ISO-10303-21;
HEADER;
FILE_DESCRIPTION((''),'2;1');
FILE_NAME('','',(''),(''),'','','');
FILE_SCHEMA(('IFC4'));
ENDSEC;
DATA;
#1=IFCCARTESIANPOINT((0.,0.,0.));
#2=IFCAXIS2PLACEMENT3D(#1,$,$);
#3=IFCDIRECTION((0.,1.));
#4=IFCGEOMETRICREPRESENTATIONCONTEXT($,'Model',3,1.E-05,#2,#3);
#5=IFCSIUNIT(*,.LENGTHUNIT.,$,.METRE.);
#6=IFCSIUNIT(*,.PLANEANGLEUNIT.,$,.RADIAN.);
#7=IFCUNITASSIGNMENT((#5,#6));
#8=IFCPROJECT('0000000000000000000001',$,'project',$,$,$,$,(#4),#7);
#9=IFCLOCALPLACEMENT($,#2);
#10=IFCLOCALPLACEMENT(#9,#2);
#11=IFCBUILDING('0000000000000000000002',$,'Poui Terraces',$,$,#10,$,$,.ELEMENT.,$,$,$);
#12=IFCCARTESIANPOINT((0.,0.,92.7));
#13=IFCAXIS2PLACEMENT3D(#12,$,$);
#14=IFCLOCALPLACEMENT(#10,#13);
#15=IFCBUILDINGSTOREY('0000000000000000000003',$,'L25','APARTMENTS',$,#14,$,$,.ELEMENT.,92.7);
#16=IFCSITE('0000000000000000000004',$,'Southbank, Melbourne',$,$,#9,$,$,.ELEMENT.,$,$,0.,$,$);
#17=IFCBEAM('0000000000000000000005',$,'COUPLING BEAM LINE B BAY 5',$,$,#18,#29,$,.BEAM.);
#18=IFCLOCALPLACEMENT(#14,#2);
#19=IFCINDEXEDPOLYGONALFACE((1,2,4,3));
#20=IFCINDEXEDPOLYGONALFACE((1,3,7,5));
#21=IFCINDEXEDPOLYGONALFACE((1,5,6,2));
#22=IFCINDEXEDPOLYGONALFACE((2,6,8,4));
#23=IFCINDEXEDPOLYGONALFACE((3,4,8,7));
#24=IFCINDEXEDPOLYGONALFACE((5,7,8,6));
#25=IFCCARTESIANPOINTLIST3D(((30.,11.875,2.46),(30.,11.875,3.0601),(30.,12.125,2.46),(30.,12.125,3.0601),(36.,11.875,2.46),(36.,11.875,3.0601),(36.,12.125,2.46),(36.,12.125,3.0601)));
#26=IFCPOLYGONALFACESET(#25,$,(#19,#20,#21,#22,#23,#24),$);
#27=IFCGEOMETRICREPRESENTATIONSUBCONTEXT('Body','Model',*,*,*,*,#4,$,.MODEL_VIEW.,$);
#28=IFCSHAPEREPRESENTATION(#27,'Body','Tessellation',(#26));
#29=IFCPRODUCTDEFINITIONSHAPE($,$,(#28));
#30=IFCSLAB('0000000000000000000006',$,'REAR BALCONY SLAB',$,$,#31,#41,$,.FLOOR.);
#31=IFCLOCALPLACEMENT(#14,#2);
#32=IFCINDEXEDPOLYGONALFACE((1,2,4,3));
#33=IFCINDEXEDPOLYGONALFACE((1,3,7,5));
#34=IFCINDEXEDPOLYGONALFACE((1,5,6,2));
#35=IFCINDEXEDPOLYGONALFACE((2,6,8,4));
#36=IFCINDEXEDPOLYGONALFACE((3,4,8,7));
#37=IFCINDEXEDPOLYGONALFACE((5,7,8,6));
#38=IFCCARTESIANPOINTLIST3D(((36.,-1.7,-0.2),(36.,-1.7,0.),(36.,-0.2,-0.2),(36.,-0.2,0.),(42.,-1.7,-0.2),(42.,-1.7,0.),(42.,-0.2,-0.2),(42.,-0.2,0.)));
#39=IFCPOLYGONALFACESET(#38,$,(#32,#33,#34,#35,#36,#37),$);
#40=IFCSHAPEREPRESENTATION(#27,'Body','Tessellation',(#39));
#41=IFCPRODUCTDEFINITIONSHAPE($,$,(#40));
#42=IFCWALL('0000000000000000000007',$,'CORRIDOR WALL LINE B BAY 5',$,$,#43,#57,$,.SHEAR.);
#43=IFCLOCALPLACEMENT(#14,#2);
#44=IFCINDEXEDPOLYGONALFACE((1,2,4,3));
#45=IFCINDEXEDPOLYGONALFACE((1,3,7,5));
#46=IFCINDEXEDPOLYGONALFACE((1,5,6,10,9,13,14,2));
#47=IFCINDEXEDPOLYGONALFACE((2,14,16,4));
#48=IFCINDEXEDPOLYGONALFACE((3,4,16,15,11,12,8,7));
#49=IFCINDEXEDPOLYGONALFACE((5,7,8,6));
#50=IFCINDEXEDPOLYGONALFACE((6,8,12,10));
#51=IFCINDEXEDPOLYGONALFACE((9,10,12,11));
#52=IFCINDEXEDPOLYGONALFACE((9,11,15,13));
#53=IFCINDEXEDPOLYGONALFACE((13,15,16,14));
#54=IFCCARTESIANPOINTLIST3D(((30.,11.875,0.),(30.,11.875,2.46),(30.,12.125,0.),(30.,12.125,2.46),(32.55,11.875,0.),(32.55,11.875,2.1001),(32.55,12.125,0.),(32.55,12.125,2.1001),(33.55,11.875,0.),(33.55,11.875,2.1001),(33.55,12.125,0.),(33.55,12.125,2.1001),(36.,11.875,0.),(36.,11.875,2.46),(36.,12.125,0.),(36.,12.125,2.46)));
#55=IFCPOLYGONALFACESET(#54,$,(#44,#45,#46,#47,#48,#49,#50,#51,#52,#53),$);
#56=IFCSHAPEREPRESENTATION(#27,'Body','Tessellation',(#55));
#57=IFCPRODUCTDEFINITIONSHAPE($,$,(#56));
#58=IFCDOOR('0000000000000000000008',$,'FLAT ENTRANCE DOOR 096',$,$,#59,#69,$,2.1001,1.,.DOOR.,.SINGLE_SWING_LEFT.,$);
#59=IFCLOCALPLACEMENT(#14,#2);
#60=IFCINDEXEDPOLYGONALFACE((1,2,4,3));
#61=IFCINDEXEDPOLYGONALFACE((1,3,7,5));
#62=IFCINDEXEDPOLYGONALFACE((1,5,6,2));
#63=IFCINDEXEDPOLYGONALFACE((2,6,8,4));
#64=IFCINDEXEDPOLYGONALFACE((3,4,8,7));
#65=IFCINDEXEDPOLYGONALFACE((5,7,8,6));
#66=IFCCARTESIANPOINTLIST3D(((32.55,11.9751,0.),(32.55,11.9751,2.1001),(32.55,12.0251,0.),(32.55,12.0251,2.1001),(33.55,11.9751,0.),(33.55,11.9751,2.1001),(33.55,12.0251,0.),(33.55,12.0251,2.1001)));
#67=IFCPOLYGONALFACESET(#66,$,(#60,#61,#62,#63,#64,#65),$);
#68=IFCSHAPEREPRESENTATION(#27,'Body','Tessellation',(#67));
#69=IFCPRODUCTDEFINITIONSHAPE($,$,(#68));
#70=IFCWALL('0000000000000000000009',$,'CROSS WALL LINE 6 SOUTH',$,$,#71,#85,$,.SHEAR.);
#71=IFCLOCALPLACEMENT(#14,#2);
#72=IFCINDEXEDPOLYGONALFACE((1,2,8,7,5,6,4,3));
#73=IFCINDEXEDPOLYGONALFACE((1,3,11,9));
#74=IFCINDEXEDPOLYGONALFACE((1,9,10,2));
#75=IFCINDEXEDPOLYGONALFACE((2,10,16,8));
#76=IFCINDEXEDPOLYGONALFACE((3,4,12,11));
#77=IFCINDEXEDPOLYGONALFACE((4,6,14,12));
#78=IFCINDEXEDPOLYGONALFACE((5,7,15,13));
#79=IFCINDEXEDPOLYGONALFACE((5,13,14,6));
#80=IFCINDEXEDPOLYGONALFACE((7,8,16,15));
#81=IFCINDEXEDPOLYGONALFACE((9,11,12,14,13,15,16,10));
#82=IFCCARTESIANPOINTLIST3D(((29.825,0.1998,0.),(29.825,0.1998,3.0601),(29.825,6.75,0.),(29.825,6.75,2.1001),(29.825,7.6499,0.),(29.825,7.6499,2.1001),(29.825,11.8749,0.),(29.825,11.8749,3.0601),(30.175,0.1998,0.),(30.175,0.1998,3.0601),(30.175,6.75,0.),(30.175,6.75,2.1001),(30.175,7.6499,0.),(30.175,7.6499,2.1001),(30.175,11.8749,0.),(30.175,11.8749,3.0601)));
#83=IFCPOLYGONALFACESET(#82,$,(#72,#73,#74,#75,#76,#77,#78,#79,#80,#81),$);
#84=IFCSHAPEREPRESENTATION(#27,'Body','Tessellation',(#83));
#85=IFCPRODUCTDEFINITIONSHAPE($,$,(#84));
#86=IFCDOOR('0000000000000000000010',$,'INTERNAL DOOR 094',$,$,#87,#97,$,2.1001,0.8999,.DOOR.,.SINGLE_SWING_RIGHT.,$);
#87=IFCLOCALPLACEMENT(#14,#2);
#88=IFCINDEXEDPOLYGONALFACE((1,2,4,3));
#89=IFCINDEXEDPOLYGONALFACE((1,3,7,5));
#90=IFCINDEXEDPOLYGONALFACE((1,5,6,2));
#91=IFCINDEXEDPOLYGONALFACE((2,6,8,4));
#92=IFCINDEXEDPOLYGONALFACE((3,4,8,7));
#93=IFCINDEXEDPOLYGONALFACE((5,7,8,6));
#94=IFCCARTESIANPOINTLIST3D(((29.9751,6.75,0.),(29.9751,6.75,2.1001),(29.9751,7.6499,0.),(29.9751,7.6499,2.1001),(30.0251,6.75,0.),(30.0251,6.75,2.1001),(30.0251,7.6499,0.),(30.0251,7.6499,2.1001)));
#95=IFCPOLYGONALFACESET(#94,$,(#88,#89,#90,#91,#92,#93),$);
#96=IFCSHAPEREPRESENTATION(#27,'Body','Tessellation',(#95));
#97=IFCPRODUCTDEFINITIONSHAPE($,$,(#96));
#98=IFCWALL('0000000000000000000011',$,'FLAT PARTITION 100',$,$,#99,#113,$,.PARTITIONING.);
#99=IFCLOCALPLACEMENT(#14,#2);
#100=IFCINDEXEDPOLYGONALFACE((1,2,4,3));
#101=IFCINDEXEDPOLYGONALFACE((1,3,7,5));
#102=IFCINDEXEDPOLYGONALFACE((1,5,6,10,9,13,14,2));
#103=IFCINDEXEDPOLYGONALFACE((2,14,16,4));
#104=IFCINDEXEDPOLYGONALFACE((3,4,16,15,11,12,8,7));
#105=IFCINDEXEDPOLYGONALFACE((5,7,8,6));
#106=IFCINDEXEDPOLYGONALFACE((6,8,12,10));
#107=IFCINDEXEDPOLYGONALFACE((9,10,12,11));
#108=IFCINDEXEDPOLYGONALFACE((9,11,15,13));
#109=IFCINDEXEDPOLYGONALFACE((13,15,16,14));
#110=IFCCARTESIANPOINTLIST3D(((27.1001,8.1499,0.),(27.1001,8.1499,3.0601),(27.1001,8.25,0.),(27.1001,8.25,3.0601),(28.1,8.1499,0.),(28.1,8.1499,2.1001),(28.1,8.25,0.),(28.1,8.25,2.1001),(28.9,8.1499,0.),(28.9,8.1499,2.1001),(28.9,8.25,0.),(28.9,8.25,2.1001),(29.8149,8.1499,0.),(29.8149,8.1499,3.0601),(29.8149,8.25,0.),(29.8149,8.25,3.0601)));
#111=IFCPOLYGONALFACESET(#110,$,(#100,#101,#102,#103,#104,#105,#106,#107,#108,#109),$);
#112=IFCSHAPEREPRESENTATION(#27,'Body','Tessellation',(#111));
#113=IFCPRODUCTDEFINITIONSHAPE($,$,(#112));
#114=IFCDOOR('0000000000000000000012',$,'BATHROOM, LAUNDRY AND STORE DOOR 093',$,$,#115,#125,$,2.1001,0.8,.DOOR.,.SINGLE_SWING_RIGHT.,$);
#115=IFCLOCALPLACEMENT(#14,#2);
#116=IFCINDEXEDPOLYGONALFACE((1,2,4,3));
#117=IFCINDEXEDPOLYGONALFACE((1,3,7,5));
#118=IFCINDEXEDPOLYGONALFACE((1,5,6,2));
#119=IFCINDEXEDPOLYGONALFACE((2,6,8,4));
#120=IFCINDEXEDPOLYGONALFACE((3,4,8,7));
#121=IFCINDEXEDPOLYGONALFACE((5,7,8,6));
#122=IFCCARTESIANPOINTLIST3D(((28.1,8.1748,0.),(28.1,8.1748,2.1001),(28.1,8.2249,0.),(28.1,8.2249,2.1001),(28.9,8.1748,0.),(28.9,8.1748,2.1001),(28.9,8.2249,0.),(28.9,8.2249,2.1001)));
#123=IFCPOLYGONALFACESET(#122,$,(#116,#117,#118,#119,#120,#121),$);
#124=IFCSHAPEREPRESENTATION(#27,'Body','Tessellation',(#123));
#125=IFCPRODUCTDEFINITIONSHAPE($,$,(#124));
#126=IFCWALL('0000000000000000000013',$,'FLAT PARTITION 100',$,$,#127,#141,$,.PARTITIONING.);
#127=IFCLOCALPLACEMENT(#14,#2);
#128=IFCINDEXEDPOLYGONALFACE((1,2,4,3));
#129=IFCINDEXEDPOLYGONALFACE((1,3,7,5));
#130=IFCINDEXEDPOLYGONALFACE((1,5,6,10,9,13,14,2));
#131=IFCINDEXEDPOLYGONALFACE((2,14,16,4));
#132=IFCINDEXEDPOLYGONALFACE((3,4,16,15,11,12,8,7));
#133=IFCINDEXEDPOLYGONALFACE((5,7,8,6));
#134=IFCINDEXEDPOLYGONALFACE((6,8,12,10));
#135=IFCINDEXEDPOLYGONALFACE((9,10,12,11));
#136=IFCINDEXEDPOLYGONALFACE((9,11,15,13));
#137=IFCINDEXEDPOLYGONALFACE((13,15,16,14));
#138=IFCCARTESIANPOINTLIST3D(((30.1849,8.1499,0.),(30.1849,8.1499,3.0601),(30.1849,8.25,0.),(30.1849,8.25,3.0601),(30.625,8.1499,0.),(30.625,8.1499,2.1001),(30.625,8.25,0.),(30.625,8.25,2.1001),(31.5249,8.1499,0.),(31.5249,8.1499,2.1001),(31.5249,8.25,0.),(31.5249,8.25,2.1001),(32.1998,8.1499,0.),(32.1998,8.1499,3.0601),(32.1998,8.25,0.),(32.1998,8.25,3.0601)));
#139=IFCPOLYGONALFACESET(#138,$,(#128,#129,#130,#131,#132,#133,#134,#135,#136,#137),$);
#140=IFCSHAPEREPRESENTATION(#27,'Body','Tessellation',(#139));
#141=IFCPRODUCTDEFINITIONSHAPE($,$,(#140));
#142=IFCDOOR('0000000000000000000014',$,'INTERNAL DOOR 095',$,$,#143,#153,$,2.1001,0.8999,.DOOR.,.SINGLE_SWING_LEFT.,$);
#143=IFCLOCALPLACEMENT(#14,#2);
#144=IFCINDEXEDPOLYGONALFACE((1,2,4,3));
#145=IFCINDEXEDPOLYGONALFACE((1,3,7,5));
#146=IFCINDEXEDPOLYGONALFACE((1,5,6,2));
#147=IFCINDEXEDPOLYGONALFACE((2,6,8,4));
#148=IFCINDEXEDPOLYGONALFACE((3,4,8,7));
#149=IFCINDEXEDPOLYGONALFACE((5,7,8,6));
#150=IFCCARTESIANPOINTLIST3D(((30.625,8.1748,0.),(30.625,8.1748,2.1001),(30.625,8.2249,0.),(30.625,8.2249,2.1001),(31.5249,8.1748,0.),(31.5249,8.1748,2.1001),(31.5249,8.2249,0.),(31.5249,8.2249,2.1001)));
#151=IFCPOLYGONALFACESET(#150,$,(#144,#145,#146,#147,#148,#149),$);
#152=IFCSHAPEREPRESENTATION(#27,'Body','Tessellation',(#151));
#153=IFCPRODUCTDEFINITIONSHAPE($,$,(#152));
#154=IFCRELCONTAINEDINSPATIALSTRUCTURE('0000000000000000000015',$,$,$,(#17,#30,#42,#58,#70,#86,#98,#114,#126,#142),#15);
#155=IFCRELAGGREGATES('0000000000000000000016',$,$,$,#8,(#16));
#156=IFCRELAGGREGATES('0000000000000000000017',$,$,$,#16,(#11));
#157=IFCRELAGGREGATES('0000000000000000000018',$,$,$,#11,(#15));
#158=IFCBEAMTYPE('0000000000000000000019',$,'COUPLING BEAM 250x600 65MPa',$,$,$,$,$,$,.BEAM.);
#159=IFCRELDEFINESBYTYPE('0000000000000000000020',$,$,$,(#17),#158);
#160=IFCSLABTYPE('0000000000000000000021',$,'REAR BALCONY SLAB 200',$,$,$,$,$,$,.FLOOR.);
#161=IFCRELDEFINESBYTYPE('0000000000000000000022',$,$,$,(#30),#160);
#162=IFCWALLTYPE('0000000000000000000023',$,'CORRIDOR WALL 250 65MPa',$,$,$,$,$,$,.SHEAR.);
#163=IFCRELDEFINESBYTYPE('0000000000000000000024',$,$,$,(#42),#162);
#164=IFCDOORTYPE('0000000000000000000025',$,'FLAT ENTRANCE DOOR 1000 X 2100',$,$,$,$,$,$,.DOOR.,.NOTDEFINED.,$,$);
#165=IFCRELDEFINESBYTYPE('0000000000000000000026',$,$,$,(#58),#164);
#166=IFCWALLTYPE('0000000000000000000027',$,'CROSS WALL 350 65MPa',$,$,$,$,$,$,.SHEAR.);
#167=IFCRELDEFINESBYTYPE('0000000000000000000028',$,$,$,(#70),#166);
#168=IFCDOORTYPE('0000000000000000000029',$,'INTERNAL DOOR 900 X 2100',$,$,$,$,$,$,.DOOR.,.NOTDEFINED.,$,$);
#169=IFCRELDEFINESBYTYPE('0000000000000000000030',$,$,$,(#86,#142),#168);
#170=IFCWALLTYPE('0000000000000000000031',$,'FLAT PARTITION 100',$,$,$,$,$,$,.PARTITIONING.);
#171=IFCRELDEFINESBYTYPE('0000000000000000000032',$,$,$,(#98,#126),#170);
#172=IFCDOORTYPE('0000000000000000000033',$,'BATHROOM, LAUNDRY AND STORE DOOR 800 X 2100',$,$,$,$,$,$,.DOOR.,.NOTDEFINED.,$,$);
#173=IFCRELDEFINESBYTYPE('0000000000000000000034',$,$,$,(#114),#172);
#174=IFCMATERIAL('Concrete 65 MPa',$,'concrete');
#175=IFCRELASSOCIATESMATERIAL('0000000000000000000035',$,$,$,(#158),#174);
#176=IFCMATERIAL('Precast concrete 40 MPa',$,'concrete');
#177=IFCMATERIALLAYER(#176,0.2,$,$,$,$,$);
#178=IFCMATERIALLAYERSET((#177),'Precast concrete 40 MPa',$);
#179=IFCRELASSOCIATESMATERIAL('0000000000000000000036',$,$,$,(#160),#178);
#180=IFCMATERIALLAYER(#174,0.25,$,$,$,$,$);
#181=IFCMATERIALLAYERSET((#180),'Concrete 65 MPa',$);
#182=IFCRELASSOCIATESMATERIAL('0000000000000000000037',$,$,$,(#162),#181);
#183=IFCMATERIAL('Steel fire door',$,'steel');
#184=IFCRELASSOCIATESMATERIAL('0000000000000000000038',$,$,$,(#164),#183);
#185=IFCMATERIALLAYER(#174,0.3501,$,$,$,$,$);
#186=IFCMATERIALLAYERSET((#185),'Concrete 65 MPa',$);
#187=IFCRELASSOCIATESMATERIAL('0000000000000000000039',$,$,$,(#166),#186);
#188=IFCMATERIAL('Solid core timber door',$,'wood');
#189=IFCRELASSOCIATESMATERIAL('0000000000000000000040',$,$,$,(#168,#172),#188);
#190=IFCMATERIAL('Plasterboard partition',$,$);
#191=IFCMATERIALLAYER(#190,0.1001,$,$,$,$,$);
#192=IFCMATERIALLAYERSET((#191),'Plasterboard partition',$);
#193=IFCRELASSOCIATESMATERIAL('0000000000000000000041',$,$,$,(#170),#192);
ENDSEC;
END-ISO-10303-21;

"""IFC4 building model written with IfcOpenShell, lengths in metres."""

from ifc_helpers import new_model, si_unit, direction, frame, frame_2d, origin, origin_2d, place, context, subcontext, project, spatial, polyline, rectangle, outline, extrude, source, transform, mapped, material, layer, layer_set, material_profile, profile_set, type_object, element, fill, save


model = new_model("IFC4")

# Units and contexts
model_context = context("Model", 3, precision=1e-05, world=origin(), true_north=direction((0.0, 1.0)))
body_context = subcontext(model_context, "Body", "Model", "MODEL_VIEW")
ifc_project = project(units=[si_unit("LENGTHUNIT", "METRE"), si_unit("PLANEANGLEUNIT", "RADIAN")], contexts=[model_context])

# Site, building, storey
site_placement = place(None, origin())
site = spatial("IfcSite", under=ifc_project, at=site_placement, Name="Southbank, Melbourne", CompositionType="ELEMENT", RefElevation=0.0)
building_placement = place(site_placement, origin())
building = spatial("IfcBuilding", under=site, at=building_placement, Name="Poui Terraces", CompositionType="ELEMENT")
storey_placement = place(building_placement, frame((0.0, 0.0, 92.7)))
storey = spatial("IfcBuildingStorey", under=building, at=storey_placement, Name="L25", Description="APARTMENTS", CompositionType="ELEMENT", Elevation=92.7)

# Beam
ifc_material_1 = material(Name="Concrete 65 MPa", Category="concrete")
ifc_material_profile = material_profile(ifc_material_1, rectangle(XDim=0.25, YDim=0.6001, at=origin_2d()), Name="RC 250x600")
ifc_profile_set = profile_set([ifc_material_profile], Name="Concrete 65 MPa")
beam_type = type_object("IfcBeamType", Name="COUPLING BEAM 250x600 65MPa", PredefinedType="BEAM", material=ifc_profile_set)
shared_shape_1 = source(origin(), body_context, "Body", "SweptSolid", [
    extrude(rectangle(XDim=0.25, YDim=0.6001, at=origin_2d()), origin(), (0.0, 0.0, 1.0), 6.0),
])
beam_placement = place(storey_placement, frame((30.0, 12.0, 2.76), z_axis=(1.0, 0.0, 0.0), x_axis=(0.0, 1.0, 0.0)))
element("IfcBeam", 1, at=beam_placement, inside=storey, type_object=beam_type, Name="COUPLING BEAM LINE B BAY 5", PredefinedType="BEAM", context=body_context, shape_type="MappedRepresentation", body=[
    mapped(shared_shape_1, transform((0.0, 0.0, 0.0))),
])

# Slab
ifc_material_2 = material(Name="Precast concrete 40 MPa", Category="concrete")
ifc_layer_1 = layer(ifc_material_2, 0.2)
ifc_layer_set_1 = layer_set([ifc_layer_1], Name="Precast concrete 40 MPa")
slab_type = type_object("IfcSlabType", Name="REAR BALCONY SLAB 200", PredefinedType="FLOOR", material=ifc_layer_set_1)
shared_shape_2 = source(origin(), body_context, "Body", "SweptSolid", [
    extrude(outline(polyline([(0.0, 0.0), (6.0, 0.0), (6.0, 1.5), (0.0, 1.5), (0.0, 0.0)])), origin(), (0.0, 0.0, 1.0), 0.2),
])
slab_placement = place(storey_placement, frame((36.0, -1.7, -0.2)))
element("IfcSlab", 2, at=slab_placement, inside=storey, type_object=slab_type, Name="REAR BALCONY SLAB", PredefinedType="FLOOR", context=body_context, shape_type="MappedRepresentation", body=[
    mapped(shared_shape_2, transform((0.0, 0.0, 0.0))),
])

# Walls, openings, doors
ifc_layer_2 = layer(ifc_material_1, 0.25)
ifc_layer_set_2 = layer_set([ifc_layer_2], Name="Concrete 65 MPa")
wall_type_1 = type_object("IfcWallType", Name="CORRIDOR WALL 250 65MPa", PredefinedType="SHEAR", material=ifc_layer_set_2)
wall_1_placement = place(storey_placement, frame((30.0, 12.0, 0.0), z_axis=(0.0, 0.0, 1.0), x_axis=(1.0, 0.0, 0.0)))
wall_1 = element("IfcWall", 3, at=wall_1_placement, inside=storey, type_object=wall_type_1, Name="CORRIDOR WALL LINE B BAY 5", PredefinedType="SHEAR", context=body_context, shape_type="SweptSolid", body=[
    extrude(rectangle(XDim=6.0, YDim=0.25, at=frame_2d((3.0, 0.0))), origin(), (0.0, 0.0, 1.0), 2.46),
])
opening_1_placement = place(wall_1_placement, frame((2.55, 0.0, 0.0)))
opening_1 = element("IfcOpeningElement", 4, at=opening_1_placement, cuts=wall_1, PredefinedType="OPENING", context=body_context, shape_type="SweptSolid", body=[
    extrude(rectangle(XDim=1.0, YDim=2.1001, at=frame_2d((0.5, 1.05))), frame((0.0, 0.135, 0.0), z_axis=(0.0, -1.0, 0.0), x_axis=(1.0, 0.0, 0.0)), (0.0, 0.0, 1.0), 0.27),
])
ifc_material_3 = material(Name="Steel fire door", Category="steel")
door_type_1 = type_object("IfcDoorType", Name="FLAT ENTRANCE DOOR 1000 X 2100", OperationType="NOTDEFINED", PredefinedType="DOOR", material=ifc_material_3)
door_1_placement = place(opening_1_placement, frame((1.0, 0.0, 0.0), z_axis=(0.0, 0.0, 1.0), x_axis=(-1.0, 0.0, 0.0)))
door_1 = element("IfcDoor", 5, at=door_1_placement, inside=storey, type_object=door_type_1, Name="FLAT ENTRANCE DOOR 096", OperationType="SINGLE_SWING_LEFT", OverallHeight=2.1001, OverallWidth=1.0, PredefinedType="DOOR", context=body_context, shape_type="SweptSolid", body=[
    extrude(rectangle(XDim=1.0, YDim=2.1001, at=frame_2d((0.5, 1.05))), frame((0.0, 0.0249, 0.0), z_axis=(0.0, -1.0, 0.0), x_axis=(1.0, 0.0, 0.0)), (0.0, 0.0, 1.0), 0.05),
])
fill(opening_1, door_1)
ifc_layer_3 = layer(ifc_material_1, 0.3501)
ifc_layer_set_3 = layer_set([ifc_layer_3], Name="Concrete 65 MPa")
wall_type_2 = type_object("IfcWallType", Name="CROSS WALL 350 65MPa", PredefinedType="SHEAR", material=ifc_layer_set_3)
wall_2_placement = place(storey_placement, frame((30.0, 0.2, 0.0), z_axis=(0.0, 0.0, 1.0), x_axis=(0.0, 1.0, 0.0)))
wall_2 = element("IfcWall", 6, at=wall_2_placement, inside=storey, type_object=wall_type_2, Name="CROSS WALL LINE 6 SOUTH", PredefinedType="SHEAR", context=body_context, shape_type="SweptSolid", body=[
    extrude(rectangle(XDim=11.675, YDim=0.3501, at=frame_2d((5.8374, 0.0))), origin(), (0.0, 0.0, 1.0), 3.0601),
])
opening_2_placement = place(wall_2_placement, frame((6.55, 0.0, 0.0)))
opening_2 = element("IfcOpeningElement", 7, at=opening_2_placement, cuts=wall_2, PredefinedType="OPENING", context=body_context, shape_type="SweptSolid", body=[
    extrude(rectangle(XDim=0.8999, YDim=2.1001, at=frame_2d((0.45, 1.05))), frame((0.0, 0.1851, 0.0), z_axis=(0.0, -1.0, 0.0), x_axis=(1.0, 0.0, 0.0)), (0.0, 0.0, 1.0), 0.3701),
])
ifc_material_4 = material(Name="Solid core timber door", Category="wood")
door_type_2 = type_object("IfcDoorType", Name="INTERNAL DOOR 900 X 2100", OperationType="NOTDEFINED", PredefinedType="DOOR", material=ifc_material_4)
door_2_placement = place(opening_2_placement, origin())
door_2 = element("IfcDoor", 8, at=door_2_placement, inside=storey, type_object=door_type_2, Name="INTERNAL DOOR 094", OperationType="SINGLE_SWING_RIGHT", OverallHeight=2.1001, OverallWidth=0.8999, PredefinedType="DOOR", context=body_context, shape_type="SweptSolid", body=[
    extrude(rectangle(XDim=0.8999, YDim=2.1001, at=frame_2d((0.45, 1.05))), frame((0.0, 0.0249, 0.0), z_axis=(0.0, -1.0, 0.0), x_axis=(1.0, 0.0, 0.0)), (0.0, 0.0, 1.0), 0.05),
])
fill(opening_2, door_2)
ifc_material_5 = material(Name="Plasterboard partition")
ifc_layer_4 = layer(ifc_material_5, 0.1001)
ifc_layer_set_4 = layer_set([ifc_layer_4], Name="Plasterboard partition")
wall_type_3 = type_object("IfcWallType", Name="FLAT PARTITION 100", PredefinedType="PARTITIONING", material=ifc_layer_set_4)
wall_3_placement = place(storey_placement, frame((27.1001, 8.2, 0.0), z_axis=(0.0, 0.0, 1.0), x_axis=(1.0, 0.0, 0.0)))
wall_3 = element("IfcWall", 9, at=wall_3_placement, inside=storey, type_object=wall_type_3, Name="FLAT PARTITION 100", PredefinedType="PARTITIONING", context=body_context, shape_type="SweptSolid", body=[
    extrude(rectangle(XDim=2.7148, YDim=0.1001, at=frame_2d((1.3574, 0.0))), origin(), (0.0, 0.0, 1.0), 3.0601),
])
opening_3_placement = place(wall_3_placement, frame((1.0, 0.0, 0.0)))
opening_3 = element("IfcOpeningElement", 10, at=opening_3_placement, cuts=wall_3, PredefinedType="OPENING", context=body_context, shape_type="SweptSolid", body=[
    extrude(rectangle(XDim=0.8, YDim=2.1001, at=frame_2d((0.3999, 1.05))), frame((0.0, 0.0601, 0.0), z_axis=(0.0, -1.0, 0.0), x_axis=(1.0, 0.0, 0.0)), (0.0, 0.0, 1.0), 0.1201),
])
door_type_3 = type_object("IfcDoorType", Name="BATHROOM, LAUNDRY AND STORE DOOR 800 X 2100", OperationType="NOTDEFINED", PredefinedType="DOOR", material=ifc_material_4)
door_3_placement = place(opening_3_placement, origin())
door_3 = element("IfcDoor", 11, at=door_3_placement, inside=storey, type_object=door_type_3, Name="BATHROOM, LAUNDRY AND STORE DOOR 093", OperationType="SINGLE_SWING_RIGHT", OverallHeight=2.1001, OverallWidth=0.8, PredefinedType="DOOR", context=body_context, shape_type="SweptSolid", body=[
    extrude(rectangle(XDim=0.8, YDim=2.1001, at=frame_2d((0.3999, 1.05))), frame((0.0, 0.0249, 0.0), z_axis=(0.0, -1.0, 0.0), x_axis=(1.0, 0.0, 0.0)), (0.0, 0.0, 1.0), 0.05),
])
fill(opening_3, door_3)
wall_4_placement = place(storey_placement, frame((30.1851, 8.2, 0.0), z_axis=(0.0, 0.0, 1.0), x_axis=(1.0, 0.0, 0.0)))
wall_4 = element("IfcWall", 12, at=wall_4_placement, inside=storey, type_object=wall_type_3, Name="FLAT PARTITION 100", PredefinedType="PARTITIONING", context=body_context, shape_type="SweptSolid", body=[
    extrude(rectangle(XDim=2.0149, YDim=0.1001, at=frame_2d((1.0073, 0.0))), origin(), (0.0, 0.0, 1.0), 3.0601),
])
opening_4_placement = place(wall_4_placement, frame((0.4399, 0.0, 0.0)))
opening_4 = element("IfcOpeningElement", 13, at=opening_4_placement, cuts=wall_4, PredefinedType="OPENING", context=body_context, shape_type="SweptSolid", body=[
    extrude(rectangle(XDim=0.8999, YDim=2.1001, at=frame_2d((0.45, 1.05))), frame((0.0, 0.0601, 0.0), z_axis=(0.0, -1.0, 0.0), x_axis=(1.0, 0.0, 0.0)), (0.0, 0.0, 1.0), 0.1201),
])
door_4_placement = place(opening_4_placement, origin())
door_4 = element("IfcDoor", 14, at=door_4_placement, inside=storey, type_object=door_type_2, Name="INTERNAL DOOR 095", OperationType="SINGLE_SWING_LEFT", OverallHeight=2.1001, OverallWidth=0.8999, PredefinedType="DOOR", context=body_context, shape_type="SweptSolid", body=[
    extrude(rectangle(XDim=0.8999, YDim=2.1001, at=frame_2d((0.45, 1.05))), frame((0.0, 0.0249, 0.0), z_axis=(0.0, -1.0, 0.0), x_axis=(1.0, 0.0, 0.0)), (0.0, 0.0, 1.0), 0.05),
])
fill(opening_4, door_4)

save(model, "model.ifc")
